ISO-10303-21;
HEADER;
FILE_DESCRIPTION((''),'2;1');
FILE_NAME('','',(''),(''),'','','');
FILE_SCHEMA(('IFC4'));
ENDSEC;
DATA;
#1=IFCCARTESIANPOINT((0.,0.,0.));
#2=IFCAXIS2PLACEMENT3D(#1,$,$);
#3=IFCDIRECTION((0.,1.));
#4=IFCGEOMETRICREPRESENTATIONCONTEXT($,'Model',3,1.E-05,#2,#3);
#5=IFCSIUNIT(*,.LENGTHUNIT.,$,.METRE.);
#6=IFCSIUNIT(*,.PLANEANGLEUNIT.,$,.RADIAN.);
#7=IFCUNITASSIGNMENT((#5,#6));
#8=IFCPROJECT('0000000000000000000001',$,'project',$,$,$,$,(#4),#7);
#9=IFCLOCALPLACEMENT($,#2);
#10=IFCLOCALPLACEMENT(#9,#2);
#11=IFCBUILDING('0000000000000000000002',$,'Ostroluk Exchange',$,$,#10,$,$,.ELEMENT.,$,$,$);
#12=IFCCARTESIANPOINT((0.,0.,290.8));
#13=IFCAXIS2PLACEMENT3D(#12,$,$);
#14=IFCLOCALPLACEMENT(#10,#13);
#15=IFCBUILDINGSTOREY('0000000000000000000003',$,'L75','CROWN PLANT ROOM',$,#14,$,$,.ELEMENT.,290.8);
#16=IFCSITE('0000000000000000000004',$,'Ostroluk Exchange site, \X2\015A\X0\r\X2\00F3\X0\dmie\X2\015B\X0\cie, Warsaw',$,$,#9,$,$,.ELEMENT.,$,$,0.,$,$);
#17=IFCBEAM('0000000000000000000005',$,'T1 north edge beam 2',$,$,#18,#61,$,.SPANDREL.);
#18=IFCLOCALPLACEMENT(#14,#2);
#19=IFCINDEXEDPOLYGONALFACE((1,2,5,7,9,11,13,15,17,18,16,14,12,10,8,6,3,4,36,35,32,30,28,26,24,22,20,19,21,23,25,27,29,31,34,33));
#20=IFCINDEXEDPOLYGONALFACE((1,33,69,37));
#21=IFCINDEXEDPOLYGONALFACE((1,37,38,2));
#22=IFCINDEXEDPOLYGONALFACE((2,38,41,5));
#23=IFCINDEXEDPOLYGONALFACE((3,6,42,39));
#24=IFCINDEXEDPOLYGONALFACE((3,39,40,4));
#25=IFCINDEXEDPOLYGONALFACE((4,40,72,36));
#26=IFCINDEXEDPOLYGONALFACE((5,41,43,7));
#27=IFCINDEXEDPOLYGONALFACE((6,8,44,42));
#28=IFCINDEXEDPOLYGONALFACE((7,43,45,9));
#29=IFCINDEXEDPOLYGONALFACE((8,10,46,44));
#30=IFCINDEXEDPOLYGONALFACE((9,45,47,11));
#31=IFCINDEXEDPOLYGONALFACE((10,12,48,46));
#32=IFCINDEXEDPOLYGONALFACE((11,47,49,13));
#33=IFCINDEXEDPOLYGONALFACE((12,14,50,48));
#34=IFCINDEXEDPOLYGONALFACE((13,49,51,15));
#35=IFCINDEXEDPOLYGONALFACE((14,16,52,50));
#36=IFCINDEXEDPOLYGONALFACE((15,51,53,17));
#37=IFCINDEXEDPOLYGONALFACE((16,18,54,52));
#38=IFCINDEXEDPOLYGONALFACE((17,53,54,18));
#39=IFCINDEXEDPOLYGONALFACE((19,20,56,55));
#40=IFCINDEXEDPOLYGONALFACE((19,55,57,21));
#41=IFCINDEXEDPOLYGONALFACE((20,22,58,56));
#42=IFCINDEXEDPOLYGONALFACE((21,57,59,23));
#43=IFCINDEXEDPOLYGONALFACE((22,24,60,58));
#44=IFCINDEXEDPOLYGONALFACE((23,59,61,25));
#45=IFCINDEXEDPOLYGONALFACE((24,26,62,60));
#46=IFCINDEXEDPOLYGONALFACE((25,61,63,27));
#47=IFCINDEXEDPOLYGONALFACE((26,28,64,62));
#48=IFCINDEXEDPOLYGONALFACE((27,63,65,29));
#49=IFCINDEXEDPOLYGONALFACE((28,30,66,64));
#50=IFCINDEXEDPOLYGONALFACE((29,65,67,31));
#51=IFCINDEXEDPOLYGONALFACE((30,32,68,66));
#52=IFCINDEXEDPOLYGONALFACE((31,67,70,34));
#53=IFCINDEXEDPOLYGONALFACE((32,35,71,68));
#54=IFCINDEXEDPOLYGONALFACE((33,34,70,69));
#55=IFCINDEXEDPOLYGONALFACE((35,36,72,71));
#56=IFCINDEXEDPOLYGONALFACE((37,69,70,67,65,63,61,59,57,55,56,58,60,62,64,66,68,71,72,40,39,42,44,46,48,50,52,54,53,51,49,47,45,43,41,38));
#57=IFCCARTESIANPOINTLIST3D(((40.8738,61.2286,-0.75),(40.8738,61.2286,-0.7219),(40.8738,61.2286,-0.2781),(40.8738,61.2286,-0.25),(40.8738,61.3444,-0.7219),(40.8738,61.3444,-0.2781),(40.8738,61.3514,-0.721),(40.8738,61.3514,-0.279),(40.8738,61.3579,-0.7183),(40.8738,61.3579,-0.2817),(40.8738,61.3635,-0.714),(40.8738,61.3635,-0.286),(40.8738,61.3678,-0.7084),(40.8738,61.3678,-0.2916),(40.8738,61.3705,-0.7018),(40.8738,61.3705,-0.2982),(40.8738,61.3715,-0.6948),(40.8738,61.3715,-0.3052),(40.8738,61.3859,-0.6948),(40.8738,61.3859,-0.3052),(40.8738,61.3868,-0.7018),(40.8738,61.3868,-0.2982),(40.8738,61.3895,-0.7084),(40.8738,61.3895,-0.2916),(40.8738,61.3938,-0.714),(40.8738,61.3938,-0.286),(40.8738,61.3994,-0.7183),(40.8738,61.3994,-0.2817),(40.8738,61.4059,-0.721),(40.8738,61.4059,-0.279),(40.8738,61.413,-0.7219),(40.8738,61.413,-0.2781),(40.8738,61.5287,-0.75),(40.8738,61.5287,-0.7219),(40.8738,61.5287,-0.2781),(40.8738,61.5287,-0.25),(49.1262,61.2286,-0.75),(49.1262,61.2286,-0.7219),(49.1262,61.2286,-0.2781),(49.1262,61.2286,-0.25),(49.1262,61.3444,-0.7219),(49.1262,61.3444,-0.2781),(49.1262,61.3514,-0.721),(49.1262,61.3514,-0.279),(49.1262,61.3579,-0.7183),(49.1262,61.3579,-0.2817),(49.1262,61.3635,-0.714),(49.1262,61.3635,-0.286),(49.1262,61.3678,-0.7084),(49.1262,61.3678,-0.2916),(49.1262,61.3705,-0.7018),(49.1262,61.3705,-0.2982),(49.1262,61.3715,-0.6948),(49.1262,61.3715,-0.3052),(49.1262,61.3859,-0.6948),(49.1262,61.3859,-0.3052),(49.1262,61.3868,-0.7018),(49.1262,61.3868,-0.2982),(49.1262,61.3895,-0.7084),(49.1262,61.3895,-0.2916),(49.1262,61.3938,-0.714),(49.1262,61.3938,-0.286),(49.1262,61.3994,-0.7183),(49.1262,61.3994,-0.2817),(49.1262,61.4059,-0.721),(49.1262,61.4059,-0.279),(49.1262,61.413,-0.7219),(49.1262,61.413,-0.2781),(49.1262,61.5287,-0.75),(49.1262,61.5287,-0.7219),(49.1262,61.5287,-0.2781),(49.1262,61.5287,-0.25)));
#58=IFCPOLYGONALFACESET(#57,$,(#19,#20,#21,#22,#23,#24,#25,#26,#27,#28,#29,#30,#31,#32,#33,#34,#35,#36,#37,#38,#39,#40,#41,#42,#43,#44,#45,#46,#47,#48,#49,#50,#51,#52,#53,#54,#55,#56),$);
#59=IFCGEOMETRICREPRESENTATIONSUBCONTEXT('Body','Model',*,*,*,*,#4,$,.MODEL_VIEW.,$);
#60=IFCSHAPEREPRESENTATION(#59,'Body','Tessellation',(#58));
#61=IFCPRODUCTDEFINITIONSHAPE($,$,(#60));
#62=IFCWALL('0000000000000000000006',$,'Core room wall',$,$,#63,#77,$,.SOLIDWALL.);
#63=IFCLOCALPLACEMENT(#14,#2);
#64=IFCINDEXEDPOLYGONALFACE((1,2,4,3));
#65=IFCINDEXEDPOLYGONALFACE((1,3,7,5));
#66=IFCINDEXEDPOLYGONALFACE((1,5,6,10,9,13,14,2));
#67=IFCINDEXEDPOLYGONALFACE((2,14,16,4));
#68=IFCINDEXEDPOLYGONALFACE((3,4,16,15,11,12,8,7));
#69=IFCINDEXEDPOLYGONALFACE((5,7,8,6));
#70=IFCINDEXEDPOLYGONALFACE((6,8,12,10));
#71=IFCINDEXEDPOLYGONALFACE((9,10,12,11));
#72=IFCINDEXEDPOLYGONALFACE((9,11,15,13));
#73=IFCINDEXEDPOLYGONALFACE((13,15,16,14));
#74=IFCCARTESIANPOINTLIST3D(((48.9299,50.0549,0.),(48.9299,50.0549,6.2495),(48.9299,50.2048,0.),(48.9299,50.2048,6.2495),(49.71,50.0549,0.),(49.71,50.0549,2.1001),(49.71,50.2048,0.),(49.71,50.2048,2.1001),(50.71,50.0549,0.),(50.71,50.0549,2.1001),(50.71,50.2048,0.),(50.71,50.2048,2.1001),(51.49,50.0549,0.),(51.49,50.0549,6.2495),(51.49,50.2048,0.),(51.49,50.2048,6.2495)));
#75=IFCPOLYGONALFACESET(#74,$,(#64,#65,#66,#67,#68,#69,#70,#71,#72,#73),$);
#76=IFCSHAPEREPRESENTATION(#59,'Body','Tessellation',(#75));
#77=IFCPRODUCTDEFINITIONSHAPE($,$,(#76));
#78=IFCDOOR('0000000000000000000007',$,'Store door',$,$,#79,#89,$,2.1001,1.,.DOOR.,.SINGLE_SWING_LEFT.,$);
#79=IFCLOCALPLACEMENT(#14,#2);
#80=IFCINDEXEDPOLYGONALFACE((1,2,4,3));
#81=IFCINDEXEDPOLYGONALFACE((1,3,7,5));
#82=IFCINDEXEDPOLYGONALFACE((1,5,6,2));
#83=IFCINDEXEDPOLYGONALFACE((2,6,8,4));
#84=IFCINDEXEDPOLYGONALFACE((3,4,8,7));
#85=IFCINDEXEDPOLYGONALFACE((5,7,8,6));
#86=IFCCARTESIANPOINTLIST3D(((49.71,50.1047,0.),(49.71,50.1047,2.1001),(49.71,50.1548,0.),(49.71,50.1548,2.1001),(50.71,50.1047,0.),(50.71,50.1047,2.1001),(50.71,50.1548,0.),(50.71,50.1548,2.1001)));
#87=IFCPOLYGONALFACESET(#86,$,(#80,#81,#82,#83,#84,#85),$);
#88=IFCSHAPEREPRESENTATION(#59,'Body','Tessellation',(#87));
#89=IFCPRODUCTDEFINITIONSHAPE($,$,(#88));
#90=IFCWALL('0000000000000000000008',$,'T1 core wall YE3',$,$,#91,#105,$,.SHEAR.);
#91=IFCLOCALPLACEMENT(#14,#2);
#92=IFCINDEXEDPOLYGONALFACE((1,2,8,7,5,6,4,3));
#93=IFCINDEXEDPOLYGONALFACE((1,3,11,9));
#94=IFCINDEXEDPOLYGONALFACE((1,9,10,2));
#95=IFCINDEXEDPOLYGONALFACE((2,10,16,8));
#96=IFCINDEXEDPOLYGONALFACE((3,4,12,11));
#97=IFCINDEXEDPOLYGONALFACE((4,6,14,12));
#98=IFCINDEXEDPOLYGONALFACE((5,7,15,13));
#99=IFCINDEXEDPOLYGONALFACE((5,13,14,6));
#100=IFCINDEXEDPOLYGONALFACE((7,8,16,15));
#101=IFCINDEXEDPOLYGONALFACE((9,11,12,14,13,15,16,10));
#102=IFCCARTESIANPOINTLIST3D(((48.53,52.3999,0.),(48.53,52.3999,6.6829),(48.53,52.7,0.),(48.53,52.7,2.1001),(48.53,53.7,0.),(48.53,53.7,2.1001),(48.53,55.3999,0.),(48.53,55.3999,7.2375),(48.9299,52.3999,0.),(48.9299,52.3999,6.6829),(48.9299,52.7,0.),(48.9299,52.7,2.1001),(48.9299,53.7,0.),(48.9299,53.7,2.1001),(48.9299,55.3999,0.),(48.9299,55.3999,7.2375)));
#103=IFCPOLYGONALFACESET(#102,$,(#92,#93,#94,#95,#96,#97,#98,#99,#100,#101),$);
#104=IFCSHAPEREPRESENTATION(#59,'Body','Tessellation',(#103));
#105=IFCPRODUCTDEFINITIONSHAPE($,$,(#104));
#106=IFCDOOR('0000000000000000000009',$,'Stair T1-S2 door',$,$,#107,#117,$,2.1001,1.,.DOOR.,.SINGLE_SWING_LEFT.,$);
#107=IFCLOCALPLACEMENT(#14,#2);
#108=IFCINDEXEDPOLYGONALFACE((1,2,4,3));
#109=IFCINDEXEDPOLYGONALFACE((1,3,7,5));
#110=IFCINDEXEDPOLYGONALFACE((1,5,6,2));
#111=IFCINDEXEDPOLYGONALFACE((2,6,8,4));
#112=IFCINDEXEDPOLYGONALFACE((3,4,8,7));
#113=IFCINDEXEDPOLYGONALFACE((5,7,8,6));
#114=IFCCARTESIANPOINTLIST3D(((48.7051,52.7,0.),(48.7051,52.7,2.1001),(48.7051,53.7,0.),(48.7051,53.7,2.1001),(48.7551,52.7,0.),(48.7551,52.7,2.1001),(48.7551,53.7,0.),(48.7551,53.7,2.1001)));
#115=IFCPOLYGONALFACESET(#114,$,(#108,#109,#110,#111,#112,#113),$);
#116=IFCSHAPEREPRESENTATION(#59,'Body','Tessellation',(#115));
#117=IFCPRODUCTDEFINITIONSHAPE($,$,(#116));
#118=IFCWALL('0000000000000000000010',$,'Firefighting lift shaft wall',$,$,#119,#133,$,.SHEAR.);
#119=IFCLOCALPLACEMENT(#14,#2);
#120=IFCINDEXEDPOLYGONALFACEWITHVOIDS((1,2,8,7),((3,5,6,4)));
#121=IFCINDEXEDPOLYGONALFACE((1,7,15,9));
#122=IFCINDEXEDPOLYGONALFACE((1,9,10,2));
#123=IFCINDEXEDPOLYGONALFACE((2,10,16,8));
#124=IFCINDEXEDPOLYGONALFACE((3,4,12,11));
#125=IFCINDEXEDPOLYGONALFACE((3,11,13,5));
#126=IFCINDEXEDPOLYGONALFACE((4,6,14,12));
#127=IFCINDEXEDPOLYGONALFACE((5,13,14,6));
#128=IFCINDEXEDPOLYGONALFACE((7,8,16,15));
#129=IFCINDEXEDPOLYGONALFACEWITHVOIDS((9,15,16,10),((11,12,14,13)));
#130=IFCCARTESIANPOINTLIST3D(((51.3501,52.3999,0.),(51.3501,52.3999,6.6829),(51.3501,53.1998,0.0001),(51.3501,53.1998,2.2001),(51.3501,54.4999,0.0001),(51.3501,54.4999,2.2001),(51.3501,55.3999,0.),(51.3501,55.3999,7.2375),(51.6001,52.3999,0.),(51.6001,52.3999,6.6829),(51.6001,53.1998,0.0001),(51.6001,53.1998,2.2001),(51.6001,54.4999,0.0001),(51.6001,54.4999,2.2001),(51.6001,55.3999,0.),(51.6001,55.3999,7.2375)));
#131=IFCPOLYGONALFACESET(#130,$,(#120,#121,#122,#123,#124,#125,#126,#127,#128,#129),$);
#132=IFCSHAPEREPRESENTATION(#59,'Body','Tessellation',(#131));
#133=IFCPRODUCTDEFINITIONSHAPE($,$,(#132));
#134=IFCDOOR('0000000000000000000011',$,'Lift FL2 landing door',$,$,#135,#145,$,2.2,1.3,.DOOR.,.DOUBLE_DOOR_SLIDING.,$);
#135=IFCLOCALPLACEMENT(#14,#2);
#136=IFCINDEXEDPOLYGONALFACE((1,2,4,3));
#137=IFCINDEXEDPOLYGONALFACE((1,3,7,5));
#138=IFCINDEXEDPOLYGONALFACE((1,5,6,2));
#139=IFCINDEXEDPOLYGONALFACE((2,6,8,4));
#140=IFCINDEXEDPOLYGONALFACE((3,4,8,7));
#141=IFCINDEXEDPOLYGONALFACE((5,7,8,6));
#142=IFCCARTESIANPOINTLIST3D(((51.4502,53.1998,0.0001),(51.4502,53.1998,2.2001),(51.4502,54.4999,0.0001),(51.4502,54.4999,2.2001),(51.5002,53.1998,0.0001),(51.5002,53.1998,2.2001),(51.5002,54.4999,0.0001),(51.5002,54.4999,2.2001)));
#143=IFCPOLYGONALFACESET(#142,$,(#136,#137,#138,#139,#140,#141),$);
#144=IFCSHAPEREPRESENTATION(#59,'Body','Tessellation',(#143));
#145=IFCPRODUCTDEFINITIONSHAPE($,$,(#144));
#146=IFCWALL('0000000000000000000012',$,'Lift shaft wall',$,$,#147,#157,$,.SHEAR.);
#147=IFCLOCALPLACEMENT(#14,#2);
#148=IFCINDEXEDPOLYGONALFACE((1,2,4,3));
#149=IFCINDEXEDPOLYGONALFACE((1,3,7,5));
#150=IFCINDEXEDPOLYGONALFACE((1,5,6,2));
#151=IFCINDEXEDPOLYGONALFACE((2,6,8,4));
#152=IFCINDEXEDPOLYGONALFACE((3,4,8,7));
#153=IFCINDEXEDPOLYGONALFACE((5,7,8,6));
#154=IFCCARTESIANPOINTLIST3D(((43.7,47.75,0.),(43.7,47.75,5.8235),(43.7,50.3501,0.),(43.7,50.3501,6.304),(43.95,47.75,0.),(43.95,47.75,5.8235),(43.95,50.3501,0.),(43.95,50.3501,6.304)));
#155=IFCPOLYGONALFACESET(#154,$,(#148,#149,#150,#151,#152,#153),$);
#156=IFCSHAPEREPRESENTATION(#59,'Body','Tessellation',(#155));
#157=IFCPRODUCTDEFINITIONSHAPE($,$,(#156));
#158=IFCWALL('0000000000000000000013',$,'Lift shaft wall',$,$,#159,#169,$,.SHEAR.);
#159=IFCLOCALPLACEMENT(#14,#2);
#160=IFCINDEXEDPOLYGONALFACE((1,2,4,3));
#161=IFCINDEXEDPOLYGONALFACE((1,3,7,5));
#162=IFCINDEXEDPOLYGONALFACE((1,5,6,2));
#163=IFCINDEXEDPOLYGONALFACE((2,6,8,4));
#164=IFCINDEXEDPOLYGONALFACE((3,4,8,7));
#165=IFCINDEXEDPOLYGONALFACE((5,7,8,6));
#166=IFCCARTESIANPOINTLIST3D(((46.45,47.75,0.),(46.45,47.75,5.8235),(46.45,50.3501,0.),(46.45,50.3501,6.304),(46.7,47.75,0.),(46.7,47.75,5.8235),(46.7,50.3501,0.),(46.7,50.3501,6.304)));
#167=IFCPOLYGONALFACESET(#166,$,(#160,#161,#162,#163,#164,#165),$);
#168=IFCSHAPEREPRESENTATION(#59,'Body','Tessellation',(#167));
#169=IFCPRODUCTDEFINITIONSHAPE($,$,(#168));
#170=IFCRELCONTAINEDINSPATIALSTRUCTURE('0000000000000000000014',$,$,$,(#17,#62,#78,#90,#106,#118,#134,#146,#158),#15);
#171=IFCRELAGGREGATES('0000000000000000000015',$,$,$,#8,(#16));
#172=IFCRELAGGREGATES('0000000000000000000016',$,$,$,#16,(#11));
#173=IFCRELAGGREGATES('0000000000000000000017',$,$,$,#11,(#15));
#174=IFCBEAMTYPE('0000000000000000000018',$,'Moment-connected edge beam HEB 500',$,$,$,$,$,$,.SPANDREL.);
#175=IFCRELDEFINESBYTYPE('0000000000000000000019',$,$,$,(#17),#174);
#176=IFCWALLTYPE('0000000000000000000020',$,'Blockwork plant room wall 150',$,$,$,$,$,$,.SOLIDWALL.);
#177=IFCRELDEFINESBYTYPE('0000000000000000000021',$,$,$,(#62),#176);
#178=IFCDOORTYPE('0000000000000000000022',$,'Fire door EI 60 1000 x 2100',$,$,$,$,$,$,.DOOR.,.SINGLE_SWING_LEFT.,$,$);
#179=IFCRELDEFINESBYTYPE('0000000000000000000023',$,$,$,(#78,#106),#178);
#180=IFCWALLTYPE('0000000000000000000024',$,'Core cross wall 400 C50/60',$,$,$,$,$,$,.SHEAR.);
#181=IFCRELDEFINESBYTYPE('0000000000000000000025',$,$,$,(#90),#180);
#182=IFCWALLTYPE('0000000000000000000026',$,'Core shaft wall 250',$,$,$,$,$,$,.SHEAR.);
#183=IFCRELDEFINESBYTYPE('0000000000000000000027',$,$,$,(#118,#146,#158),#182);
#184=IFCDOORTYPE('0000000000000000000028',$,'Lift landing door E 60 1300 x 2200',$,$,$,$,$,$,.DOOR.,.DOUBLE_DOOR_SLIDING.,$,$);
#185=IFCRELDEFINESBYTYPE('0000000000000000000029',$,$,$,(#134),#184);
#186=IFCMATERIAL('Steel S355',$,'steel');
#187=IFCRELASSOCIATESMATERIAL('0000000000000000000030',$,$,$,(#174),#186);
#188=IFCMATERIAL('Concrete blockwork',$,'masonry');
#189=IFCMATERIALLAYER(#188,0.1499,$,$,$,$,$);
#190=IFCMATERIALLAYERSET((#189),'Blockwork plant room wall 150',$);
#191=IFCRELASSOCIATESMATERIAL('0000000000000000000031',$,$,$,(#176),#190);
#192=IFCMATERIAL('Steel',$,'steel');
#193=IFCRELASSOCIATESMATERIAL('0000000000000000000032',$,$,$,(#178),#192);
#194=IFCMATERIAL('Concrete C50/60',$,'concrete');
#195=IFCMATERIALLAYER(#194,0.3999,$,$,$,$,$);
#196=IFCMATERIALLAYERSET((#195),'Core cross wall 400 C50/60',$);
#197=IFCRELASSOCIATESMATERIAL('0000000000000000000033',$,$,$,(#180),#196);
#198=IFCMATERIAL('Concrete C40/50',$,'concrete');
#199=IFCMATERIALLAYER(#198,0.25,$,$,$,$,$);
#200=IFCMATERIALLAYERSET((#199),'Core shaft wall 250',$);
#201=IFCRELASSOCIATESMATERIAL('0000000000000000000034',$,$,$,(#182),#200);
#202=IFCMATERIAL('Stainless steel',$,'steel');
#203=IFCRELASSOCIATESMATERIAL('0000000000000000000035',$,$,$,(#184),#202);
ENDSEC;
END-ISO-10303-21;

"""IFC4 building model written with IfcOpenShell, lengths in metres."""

from ifc_helpers import new_model, si_unit, direction, frame, frame_2d, origin, origin_2d, place, context, subcontext, project, spatial, polyline, rectangle, i_section, outline, extrude, material, layer, layer_set, material_profile, profile_set, type_object, element, fill, save


model = new_model("IFC4")

# Units and contexts
model_context = context("Model", 3, precision=1e-05, world=origin(), true_north=direction((0.0, 1.0)))
body_context = subcontext(model_context, "Body", "Model", "MODEL_VIEW")
ifc_project = project(units=[si_unit("LENGTHUNIT", "METRE"), si_unit("PLANEANGLEUNIT", "RADIAN")], contexts=[model_context])

# Site, building, storey
site_placement = place(None, origin())
site = spatial("IfcSite", under=ifc_project, at=site_placement, Name="Ostroluk Exchange site, Śródmieście, Warsaw", CompositionType="ELEMENT", RefElevation=0.0)
building_placement = place(site_placement, origin())
building = spatial("IfcBuilding", under=site, at=building_placement, Name="Ostroluk Exchange", CompositionType="ELEMENT")
storey_placement = place(building_placement, frame((0.0, 0.0, 290.8)))
storey = spatial("IfcBuildingStorey", under=building, at=storey_placement, Name="L75", Description="CROWN PLANT ROOM", CompositionType="ELEMENT", Elevation=290.8)

# Beam
ifc_material_1 = material(Name="Steel S355", Category="steel")
ifc_material_profile_1 = material_profile(ifc_material_1, i_section(OverallWidth=0.3, OverallDepth=0.5, WebThickness=0.0144, FlangeThickness=0.0281, FilletRadius=0.0271, at=origin_2d()), Name="HEB 500")
ifc_profile_set_1 = profile_set([ifc_material_profile_1], Name="Steel S355")
beam_type_1 = type_object("IfcBeamType", Name="Moment-connected edge beam HEB 500", PredefinedType="SPANDREL", material=ifc_profile_set_1)
beam_1_placement = place(storey_placement, frame((49.1262, 61.3787, -0.5), z_axis=(-1.0, 0.0, 0.0), x_axis=(0.0, -1.0, 0.0)))
element("IfcBeam", 1, at=beam_1_placement, inside=storey, type_object=beam_type_1, Name="T1 north edge beam 2", PredefinedType="SPANDREL", context=body_context, shape_type="SweptSolid", body=[
    extrude(i_section(OverallWidth=0.3, OverallDepth=0.5, WebThickness=0.0144, FlangeThickness=0.0281, FilletRadius=0.0271, at=origin_2d()), origin(), (0.0, 0.0, 1.0), 8.2524),
])

# Walls, openings, doors
ifc_material_2 = material(Name="Concrete blockwork", Category="masonry")
ifc_layer_1 = layer(ifc_material_2, 0.1499)
ifc_layer_set_1 = layer_set([ifc_layer_1], Name="Blockwork plant room wall 150")
wall_type_1 = type_object("IfcWallType", Name="Blockwork plant room wall 150", PredefinedType="SOLIDWALL", material=ifc_layer_set_1)
wall_1_placement = place(storey_placement, frame((48.9299, 50.1299, 0.0), z_axis=(0.0, 0.0, 1.0), x_axis=(1.0, 0.0, 0.0)))
wall_1 = element("IfcWall", 2, at=wall_1_placement, inside=storey, type_object=wall_type_1, Name="Core room wall", PredefinedType="SOLIDWALL", context=body_context, shape_type="SweptSolid", body=[
    extrude(rectangle(XDim=2.5601, YDim=0.1499, at=frame_2d((1.28, 0.0))), origin(), (0.0, 0.0, 1.0), 6.2495),
])
opening_1_placement = place(wall_1_placement, frame((0.78, 0.0, 0.0)))
opening_1 = element("IfcOpeningElement", 3, at=opening_1_placement, cuts=wall_1, PredefinedType="OPENING", context=body_context, shape_type="SweptSolid", body=[
    extrude(rectangle(XDim=1.0, YDim=2.1001, at=frame_2d((0.5, 1.05))), frame((0.0, 0.085, 0.0), z_axis=(0.0, -1.0, 0.0), x_axis=(1.0, 0.0, 0.0)), (0.0, 0.0, 1.0), 0.1699),
])
ifc_material_3 = material(Name="Steel", Category="steel")
door_type_1 = type_object("IfcDoorType", Name="Fire door EI 60 1000 x 2100", OperationType="SINGLE_SWING_LEFT", PredefinedType="DOOR", material=ifc_material_3)
door_1_placement = place(opening_1_placement, origin())
door_1 = element("IfcDoor", 4, at=door_1_placement, inside=storey, type_object=door_type_1, Name="Store door", OperationType="SINGLE_SWING_LEFT", OverallHeight=2.1001, OverallWidth=1.0, PredefinedType="DOOR", context=body_context, shape_type="SweptSolid", body=[
    extrude(rectangle(XDim=1.0, YDim=2.1001, at=frame_2d((0.5, 1.05))), frame((0.0, 0.0249, 0.0), z_axis=(0.0, -1.0, 0.0), x_axis=(1.0, 0.0, 0.0)), (0.0, 0.0, 1.0), 0.05),
])
fill(opening_1, door_1)
ifc_material_4 = material(Name="Concrete C50/60", Category="concrete")
ifc_layer_2 = layer(ifc_material_4, 0.3999)
ifc_layer_set_2 = layer_set([ifc_layer_2], Name="Core cross wall 400 C50/60")
wall_type_2 = type_object("IfcWallType", Name="Core cross wall 400 C50/60", PredefinedType="SHEAR", material=ifc_layer_set_2)
wall_2_placement = place(storey_placement, frame((48.73, 52.3999, 0.0), z_axis=(0.0, 0.0, 1.0), x_axis=(0.0, 1.0, 0.0)))
wall_2 = element("IfcWall", 5, at=wall_2_placement, inside=storey, type_object=wall_type_2, Name="T1 core wall YE3", PredefinedType="SHEAR", context=body_context, shape_type="SweptSolid", body=[
    extrude(outline(polyline([(0.0, 0.0), (3.0, 0.0), (3.0, 7.2375), (0.0, 6.6829), (0.0, 0.0)])), frame((0.0, 0.2, 0.0), z_axis=(0.0, -1.0, 0.0), x_axis=(1.0, 0.0, 0.0)), (0.0, 0.0, 1.0), 0.3999),
])
opening_2_placement = place(wall_2_placement, frame((0.3, 0.0, 0.0)))
opening_2 = element("IfcOpeningElement", 6, at=opening_2_placement, cuts=wall_2, PredefinedType="OPENING", context=body_context, shape_type="SweptSolid", body=[
    extrude(rectangle(XDim=1.0, YDim=2.1001, at=frame_2d((0.5, 1.05))), frame((0.0, 0.21, 0.0), z_axis=(0.0, -1.0, 0.0), x_axis=(1.0, 0.0, 0.0)), (0.0, 0.0, 1.0), 0.4199),
])
door_2_placement = place(opening_2_placement, origin())
door_2 = element("IfcDoor", 7, at=door_2_placement, inside=storey, type_object=door_type_1, Name="Stair T1-S2 door", OperationType="SINGLE_SWING_LEFT", OverallHeight=2.1001, OverallWidth=1.0, PredefinedType="DOOR", context=body_context, shape_type="SweptSolid", body=[
    extrude(rectangle(XDim=1.0, YDim=2.1001, at=frame_2d((0.5, 1.05))), frame((0.0, 0.0249, 0.0), z_axis=(0.0, -1.0, 0.0), x_axis=(1.0, 0.0, 0.0)), (0.0, 0.0, 1.0), 0.05),
])
fill(opening_2, door_2)
ifc_material_5 = material(Name="Concrete C40/50", Category="concrete")
ifc_layer_3 = layer(ifc_material_5, 0.25)
ifc_layer_set_3 = layer_set([ifc_layer_3], Name="Core shaft wall 250")
wall_type_3 = type_object("IfcWallType", Name="Core shaft wall 250", PredefinedType="SHEAR", material=ifc_layer_set_3)
wall_3_placement = place(storey_placement, frame((51.4751, 52.3999, 0.0), z_axis=(0.0, 0.0, 1.0), x_axis=(0.0, 1.0, 0.0)))
wall_3 = element("IfcWall", 8, at=wall_3_placement, inside=storey, type_object=wall_type_3, Name="Firefighting lift shaft wall", PredefinedType="SHEAR", context=body_context, shape_type="SweptSolid", body=[
    extrude(outline(polyline([(0.0, 0.0), (3.0, 0.0), (3.0, 7.2375), (0.0, 6.6829), (0.0, 0.0)])), frame((0.0, 0.125, 0.0), z_axis=(0.0, -1.0, 0.0), x_axis=(1.0, 0.0, 0.0)), (0.0, 0.0, 1.0), 0.25),
])
opening_3_placement = place(wall_3_placement, frame((0.8, 0.0, 0.0)))
opening_3 = element("IfcOpeningElement", 9, at=opening_3_placement, cuts=wall_3, PredefinedType="OPENING", context=body_context, shape_type="SweptSolid", body=[
    extrude(rectangle(XDim=1.3, YDim=2.2, at=frame_2d((0.6499, 1.1001))), frame((0.0, 0.135, 0.0), z_axis=(0.0, -1.0, 0.0), x_axis=(1.0, 0.0, 0.0)), (0.0, 0.0, 1.0), 0.27),
])
ifc_material_6 = material(Name="Stainless steel", Category="steel")
door_type_2 = type_object("IfcDoorType", Name="Lift landing door E 60 1300 x 2200", OperationType="DOUBLE_DOOR_SLIDING", PredefinedType="DOOR", material=ifc_material_6)
door_3_placement = place(opening_3_placement, origin())
door_3 = element("IfcDoor", 10, at=door_3_placement, inside=storey, type_object=door_type_2, Name="Lift FL2 landing door", OperationType="DOUBLE_DOOR_SLIDING", OverallHeight=2.2, OverallWidth=1.3, PredefinedType="DOOR", context=body_context, shape_type="SweptSolid", body=[
    extrude(rectangle(XDim=1.3, YDim=2.2, at=frame_2d((0.6499, 1.1001))), frame((0.0, 0.0249, 0.0), z_axis=(0.0, -1.0, 0.0), x_axis=(1.0, 0.0, 0.0)), (0.0, 0.0, 1.0), 0.05),
])
fill(opening_3, door_3)

# Walls
for number, where, z_axis, x_axis, name in (
    (11, (43.825, 47.75, 0.0), (0.0, 0.0, 1.0), (0.0, 1.0, 0.0), "Lift shaft wall"),
    (12, (46.575, 47.75, 0.0), (0.0, 0.0, 1.0), (0.0, 1.0, 0.0), "Lift shaft wall"),
):
    element("IfcWall", number, at=place(storey_placement, frame(where, z_axis=z_axis, x_axis=x_axis)), inside=storey, type_object=wall_type_3, Name=name, PredefinedType="SHEAR", context=body_context, shape_type="SweptSolid", body=[
        extrude(outline(polyline([(0.0, 0.0), (2.6001, 0.0), (2.6001, 6.304), (0.0, 5.8235), (0.0, 0.0)])), frame((0.0, 0.125, 0.0), z_axis=(0.0, -1.0, 0.0), x_axis=(1.0, 0.0, 0.0)), (0.0, 0.0, 1.0), 0.25),
    ])

save(model, "model.ifc")
